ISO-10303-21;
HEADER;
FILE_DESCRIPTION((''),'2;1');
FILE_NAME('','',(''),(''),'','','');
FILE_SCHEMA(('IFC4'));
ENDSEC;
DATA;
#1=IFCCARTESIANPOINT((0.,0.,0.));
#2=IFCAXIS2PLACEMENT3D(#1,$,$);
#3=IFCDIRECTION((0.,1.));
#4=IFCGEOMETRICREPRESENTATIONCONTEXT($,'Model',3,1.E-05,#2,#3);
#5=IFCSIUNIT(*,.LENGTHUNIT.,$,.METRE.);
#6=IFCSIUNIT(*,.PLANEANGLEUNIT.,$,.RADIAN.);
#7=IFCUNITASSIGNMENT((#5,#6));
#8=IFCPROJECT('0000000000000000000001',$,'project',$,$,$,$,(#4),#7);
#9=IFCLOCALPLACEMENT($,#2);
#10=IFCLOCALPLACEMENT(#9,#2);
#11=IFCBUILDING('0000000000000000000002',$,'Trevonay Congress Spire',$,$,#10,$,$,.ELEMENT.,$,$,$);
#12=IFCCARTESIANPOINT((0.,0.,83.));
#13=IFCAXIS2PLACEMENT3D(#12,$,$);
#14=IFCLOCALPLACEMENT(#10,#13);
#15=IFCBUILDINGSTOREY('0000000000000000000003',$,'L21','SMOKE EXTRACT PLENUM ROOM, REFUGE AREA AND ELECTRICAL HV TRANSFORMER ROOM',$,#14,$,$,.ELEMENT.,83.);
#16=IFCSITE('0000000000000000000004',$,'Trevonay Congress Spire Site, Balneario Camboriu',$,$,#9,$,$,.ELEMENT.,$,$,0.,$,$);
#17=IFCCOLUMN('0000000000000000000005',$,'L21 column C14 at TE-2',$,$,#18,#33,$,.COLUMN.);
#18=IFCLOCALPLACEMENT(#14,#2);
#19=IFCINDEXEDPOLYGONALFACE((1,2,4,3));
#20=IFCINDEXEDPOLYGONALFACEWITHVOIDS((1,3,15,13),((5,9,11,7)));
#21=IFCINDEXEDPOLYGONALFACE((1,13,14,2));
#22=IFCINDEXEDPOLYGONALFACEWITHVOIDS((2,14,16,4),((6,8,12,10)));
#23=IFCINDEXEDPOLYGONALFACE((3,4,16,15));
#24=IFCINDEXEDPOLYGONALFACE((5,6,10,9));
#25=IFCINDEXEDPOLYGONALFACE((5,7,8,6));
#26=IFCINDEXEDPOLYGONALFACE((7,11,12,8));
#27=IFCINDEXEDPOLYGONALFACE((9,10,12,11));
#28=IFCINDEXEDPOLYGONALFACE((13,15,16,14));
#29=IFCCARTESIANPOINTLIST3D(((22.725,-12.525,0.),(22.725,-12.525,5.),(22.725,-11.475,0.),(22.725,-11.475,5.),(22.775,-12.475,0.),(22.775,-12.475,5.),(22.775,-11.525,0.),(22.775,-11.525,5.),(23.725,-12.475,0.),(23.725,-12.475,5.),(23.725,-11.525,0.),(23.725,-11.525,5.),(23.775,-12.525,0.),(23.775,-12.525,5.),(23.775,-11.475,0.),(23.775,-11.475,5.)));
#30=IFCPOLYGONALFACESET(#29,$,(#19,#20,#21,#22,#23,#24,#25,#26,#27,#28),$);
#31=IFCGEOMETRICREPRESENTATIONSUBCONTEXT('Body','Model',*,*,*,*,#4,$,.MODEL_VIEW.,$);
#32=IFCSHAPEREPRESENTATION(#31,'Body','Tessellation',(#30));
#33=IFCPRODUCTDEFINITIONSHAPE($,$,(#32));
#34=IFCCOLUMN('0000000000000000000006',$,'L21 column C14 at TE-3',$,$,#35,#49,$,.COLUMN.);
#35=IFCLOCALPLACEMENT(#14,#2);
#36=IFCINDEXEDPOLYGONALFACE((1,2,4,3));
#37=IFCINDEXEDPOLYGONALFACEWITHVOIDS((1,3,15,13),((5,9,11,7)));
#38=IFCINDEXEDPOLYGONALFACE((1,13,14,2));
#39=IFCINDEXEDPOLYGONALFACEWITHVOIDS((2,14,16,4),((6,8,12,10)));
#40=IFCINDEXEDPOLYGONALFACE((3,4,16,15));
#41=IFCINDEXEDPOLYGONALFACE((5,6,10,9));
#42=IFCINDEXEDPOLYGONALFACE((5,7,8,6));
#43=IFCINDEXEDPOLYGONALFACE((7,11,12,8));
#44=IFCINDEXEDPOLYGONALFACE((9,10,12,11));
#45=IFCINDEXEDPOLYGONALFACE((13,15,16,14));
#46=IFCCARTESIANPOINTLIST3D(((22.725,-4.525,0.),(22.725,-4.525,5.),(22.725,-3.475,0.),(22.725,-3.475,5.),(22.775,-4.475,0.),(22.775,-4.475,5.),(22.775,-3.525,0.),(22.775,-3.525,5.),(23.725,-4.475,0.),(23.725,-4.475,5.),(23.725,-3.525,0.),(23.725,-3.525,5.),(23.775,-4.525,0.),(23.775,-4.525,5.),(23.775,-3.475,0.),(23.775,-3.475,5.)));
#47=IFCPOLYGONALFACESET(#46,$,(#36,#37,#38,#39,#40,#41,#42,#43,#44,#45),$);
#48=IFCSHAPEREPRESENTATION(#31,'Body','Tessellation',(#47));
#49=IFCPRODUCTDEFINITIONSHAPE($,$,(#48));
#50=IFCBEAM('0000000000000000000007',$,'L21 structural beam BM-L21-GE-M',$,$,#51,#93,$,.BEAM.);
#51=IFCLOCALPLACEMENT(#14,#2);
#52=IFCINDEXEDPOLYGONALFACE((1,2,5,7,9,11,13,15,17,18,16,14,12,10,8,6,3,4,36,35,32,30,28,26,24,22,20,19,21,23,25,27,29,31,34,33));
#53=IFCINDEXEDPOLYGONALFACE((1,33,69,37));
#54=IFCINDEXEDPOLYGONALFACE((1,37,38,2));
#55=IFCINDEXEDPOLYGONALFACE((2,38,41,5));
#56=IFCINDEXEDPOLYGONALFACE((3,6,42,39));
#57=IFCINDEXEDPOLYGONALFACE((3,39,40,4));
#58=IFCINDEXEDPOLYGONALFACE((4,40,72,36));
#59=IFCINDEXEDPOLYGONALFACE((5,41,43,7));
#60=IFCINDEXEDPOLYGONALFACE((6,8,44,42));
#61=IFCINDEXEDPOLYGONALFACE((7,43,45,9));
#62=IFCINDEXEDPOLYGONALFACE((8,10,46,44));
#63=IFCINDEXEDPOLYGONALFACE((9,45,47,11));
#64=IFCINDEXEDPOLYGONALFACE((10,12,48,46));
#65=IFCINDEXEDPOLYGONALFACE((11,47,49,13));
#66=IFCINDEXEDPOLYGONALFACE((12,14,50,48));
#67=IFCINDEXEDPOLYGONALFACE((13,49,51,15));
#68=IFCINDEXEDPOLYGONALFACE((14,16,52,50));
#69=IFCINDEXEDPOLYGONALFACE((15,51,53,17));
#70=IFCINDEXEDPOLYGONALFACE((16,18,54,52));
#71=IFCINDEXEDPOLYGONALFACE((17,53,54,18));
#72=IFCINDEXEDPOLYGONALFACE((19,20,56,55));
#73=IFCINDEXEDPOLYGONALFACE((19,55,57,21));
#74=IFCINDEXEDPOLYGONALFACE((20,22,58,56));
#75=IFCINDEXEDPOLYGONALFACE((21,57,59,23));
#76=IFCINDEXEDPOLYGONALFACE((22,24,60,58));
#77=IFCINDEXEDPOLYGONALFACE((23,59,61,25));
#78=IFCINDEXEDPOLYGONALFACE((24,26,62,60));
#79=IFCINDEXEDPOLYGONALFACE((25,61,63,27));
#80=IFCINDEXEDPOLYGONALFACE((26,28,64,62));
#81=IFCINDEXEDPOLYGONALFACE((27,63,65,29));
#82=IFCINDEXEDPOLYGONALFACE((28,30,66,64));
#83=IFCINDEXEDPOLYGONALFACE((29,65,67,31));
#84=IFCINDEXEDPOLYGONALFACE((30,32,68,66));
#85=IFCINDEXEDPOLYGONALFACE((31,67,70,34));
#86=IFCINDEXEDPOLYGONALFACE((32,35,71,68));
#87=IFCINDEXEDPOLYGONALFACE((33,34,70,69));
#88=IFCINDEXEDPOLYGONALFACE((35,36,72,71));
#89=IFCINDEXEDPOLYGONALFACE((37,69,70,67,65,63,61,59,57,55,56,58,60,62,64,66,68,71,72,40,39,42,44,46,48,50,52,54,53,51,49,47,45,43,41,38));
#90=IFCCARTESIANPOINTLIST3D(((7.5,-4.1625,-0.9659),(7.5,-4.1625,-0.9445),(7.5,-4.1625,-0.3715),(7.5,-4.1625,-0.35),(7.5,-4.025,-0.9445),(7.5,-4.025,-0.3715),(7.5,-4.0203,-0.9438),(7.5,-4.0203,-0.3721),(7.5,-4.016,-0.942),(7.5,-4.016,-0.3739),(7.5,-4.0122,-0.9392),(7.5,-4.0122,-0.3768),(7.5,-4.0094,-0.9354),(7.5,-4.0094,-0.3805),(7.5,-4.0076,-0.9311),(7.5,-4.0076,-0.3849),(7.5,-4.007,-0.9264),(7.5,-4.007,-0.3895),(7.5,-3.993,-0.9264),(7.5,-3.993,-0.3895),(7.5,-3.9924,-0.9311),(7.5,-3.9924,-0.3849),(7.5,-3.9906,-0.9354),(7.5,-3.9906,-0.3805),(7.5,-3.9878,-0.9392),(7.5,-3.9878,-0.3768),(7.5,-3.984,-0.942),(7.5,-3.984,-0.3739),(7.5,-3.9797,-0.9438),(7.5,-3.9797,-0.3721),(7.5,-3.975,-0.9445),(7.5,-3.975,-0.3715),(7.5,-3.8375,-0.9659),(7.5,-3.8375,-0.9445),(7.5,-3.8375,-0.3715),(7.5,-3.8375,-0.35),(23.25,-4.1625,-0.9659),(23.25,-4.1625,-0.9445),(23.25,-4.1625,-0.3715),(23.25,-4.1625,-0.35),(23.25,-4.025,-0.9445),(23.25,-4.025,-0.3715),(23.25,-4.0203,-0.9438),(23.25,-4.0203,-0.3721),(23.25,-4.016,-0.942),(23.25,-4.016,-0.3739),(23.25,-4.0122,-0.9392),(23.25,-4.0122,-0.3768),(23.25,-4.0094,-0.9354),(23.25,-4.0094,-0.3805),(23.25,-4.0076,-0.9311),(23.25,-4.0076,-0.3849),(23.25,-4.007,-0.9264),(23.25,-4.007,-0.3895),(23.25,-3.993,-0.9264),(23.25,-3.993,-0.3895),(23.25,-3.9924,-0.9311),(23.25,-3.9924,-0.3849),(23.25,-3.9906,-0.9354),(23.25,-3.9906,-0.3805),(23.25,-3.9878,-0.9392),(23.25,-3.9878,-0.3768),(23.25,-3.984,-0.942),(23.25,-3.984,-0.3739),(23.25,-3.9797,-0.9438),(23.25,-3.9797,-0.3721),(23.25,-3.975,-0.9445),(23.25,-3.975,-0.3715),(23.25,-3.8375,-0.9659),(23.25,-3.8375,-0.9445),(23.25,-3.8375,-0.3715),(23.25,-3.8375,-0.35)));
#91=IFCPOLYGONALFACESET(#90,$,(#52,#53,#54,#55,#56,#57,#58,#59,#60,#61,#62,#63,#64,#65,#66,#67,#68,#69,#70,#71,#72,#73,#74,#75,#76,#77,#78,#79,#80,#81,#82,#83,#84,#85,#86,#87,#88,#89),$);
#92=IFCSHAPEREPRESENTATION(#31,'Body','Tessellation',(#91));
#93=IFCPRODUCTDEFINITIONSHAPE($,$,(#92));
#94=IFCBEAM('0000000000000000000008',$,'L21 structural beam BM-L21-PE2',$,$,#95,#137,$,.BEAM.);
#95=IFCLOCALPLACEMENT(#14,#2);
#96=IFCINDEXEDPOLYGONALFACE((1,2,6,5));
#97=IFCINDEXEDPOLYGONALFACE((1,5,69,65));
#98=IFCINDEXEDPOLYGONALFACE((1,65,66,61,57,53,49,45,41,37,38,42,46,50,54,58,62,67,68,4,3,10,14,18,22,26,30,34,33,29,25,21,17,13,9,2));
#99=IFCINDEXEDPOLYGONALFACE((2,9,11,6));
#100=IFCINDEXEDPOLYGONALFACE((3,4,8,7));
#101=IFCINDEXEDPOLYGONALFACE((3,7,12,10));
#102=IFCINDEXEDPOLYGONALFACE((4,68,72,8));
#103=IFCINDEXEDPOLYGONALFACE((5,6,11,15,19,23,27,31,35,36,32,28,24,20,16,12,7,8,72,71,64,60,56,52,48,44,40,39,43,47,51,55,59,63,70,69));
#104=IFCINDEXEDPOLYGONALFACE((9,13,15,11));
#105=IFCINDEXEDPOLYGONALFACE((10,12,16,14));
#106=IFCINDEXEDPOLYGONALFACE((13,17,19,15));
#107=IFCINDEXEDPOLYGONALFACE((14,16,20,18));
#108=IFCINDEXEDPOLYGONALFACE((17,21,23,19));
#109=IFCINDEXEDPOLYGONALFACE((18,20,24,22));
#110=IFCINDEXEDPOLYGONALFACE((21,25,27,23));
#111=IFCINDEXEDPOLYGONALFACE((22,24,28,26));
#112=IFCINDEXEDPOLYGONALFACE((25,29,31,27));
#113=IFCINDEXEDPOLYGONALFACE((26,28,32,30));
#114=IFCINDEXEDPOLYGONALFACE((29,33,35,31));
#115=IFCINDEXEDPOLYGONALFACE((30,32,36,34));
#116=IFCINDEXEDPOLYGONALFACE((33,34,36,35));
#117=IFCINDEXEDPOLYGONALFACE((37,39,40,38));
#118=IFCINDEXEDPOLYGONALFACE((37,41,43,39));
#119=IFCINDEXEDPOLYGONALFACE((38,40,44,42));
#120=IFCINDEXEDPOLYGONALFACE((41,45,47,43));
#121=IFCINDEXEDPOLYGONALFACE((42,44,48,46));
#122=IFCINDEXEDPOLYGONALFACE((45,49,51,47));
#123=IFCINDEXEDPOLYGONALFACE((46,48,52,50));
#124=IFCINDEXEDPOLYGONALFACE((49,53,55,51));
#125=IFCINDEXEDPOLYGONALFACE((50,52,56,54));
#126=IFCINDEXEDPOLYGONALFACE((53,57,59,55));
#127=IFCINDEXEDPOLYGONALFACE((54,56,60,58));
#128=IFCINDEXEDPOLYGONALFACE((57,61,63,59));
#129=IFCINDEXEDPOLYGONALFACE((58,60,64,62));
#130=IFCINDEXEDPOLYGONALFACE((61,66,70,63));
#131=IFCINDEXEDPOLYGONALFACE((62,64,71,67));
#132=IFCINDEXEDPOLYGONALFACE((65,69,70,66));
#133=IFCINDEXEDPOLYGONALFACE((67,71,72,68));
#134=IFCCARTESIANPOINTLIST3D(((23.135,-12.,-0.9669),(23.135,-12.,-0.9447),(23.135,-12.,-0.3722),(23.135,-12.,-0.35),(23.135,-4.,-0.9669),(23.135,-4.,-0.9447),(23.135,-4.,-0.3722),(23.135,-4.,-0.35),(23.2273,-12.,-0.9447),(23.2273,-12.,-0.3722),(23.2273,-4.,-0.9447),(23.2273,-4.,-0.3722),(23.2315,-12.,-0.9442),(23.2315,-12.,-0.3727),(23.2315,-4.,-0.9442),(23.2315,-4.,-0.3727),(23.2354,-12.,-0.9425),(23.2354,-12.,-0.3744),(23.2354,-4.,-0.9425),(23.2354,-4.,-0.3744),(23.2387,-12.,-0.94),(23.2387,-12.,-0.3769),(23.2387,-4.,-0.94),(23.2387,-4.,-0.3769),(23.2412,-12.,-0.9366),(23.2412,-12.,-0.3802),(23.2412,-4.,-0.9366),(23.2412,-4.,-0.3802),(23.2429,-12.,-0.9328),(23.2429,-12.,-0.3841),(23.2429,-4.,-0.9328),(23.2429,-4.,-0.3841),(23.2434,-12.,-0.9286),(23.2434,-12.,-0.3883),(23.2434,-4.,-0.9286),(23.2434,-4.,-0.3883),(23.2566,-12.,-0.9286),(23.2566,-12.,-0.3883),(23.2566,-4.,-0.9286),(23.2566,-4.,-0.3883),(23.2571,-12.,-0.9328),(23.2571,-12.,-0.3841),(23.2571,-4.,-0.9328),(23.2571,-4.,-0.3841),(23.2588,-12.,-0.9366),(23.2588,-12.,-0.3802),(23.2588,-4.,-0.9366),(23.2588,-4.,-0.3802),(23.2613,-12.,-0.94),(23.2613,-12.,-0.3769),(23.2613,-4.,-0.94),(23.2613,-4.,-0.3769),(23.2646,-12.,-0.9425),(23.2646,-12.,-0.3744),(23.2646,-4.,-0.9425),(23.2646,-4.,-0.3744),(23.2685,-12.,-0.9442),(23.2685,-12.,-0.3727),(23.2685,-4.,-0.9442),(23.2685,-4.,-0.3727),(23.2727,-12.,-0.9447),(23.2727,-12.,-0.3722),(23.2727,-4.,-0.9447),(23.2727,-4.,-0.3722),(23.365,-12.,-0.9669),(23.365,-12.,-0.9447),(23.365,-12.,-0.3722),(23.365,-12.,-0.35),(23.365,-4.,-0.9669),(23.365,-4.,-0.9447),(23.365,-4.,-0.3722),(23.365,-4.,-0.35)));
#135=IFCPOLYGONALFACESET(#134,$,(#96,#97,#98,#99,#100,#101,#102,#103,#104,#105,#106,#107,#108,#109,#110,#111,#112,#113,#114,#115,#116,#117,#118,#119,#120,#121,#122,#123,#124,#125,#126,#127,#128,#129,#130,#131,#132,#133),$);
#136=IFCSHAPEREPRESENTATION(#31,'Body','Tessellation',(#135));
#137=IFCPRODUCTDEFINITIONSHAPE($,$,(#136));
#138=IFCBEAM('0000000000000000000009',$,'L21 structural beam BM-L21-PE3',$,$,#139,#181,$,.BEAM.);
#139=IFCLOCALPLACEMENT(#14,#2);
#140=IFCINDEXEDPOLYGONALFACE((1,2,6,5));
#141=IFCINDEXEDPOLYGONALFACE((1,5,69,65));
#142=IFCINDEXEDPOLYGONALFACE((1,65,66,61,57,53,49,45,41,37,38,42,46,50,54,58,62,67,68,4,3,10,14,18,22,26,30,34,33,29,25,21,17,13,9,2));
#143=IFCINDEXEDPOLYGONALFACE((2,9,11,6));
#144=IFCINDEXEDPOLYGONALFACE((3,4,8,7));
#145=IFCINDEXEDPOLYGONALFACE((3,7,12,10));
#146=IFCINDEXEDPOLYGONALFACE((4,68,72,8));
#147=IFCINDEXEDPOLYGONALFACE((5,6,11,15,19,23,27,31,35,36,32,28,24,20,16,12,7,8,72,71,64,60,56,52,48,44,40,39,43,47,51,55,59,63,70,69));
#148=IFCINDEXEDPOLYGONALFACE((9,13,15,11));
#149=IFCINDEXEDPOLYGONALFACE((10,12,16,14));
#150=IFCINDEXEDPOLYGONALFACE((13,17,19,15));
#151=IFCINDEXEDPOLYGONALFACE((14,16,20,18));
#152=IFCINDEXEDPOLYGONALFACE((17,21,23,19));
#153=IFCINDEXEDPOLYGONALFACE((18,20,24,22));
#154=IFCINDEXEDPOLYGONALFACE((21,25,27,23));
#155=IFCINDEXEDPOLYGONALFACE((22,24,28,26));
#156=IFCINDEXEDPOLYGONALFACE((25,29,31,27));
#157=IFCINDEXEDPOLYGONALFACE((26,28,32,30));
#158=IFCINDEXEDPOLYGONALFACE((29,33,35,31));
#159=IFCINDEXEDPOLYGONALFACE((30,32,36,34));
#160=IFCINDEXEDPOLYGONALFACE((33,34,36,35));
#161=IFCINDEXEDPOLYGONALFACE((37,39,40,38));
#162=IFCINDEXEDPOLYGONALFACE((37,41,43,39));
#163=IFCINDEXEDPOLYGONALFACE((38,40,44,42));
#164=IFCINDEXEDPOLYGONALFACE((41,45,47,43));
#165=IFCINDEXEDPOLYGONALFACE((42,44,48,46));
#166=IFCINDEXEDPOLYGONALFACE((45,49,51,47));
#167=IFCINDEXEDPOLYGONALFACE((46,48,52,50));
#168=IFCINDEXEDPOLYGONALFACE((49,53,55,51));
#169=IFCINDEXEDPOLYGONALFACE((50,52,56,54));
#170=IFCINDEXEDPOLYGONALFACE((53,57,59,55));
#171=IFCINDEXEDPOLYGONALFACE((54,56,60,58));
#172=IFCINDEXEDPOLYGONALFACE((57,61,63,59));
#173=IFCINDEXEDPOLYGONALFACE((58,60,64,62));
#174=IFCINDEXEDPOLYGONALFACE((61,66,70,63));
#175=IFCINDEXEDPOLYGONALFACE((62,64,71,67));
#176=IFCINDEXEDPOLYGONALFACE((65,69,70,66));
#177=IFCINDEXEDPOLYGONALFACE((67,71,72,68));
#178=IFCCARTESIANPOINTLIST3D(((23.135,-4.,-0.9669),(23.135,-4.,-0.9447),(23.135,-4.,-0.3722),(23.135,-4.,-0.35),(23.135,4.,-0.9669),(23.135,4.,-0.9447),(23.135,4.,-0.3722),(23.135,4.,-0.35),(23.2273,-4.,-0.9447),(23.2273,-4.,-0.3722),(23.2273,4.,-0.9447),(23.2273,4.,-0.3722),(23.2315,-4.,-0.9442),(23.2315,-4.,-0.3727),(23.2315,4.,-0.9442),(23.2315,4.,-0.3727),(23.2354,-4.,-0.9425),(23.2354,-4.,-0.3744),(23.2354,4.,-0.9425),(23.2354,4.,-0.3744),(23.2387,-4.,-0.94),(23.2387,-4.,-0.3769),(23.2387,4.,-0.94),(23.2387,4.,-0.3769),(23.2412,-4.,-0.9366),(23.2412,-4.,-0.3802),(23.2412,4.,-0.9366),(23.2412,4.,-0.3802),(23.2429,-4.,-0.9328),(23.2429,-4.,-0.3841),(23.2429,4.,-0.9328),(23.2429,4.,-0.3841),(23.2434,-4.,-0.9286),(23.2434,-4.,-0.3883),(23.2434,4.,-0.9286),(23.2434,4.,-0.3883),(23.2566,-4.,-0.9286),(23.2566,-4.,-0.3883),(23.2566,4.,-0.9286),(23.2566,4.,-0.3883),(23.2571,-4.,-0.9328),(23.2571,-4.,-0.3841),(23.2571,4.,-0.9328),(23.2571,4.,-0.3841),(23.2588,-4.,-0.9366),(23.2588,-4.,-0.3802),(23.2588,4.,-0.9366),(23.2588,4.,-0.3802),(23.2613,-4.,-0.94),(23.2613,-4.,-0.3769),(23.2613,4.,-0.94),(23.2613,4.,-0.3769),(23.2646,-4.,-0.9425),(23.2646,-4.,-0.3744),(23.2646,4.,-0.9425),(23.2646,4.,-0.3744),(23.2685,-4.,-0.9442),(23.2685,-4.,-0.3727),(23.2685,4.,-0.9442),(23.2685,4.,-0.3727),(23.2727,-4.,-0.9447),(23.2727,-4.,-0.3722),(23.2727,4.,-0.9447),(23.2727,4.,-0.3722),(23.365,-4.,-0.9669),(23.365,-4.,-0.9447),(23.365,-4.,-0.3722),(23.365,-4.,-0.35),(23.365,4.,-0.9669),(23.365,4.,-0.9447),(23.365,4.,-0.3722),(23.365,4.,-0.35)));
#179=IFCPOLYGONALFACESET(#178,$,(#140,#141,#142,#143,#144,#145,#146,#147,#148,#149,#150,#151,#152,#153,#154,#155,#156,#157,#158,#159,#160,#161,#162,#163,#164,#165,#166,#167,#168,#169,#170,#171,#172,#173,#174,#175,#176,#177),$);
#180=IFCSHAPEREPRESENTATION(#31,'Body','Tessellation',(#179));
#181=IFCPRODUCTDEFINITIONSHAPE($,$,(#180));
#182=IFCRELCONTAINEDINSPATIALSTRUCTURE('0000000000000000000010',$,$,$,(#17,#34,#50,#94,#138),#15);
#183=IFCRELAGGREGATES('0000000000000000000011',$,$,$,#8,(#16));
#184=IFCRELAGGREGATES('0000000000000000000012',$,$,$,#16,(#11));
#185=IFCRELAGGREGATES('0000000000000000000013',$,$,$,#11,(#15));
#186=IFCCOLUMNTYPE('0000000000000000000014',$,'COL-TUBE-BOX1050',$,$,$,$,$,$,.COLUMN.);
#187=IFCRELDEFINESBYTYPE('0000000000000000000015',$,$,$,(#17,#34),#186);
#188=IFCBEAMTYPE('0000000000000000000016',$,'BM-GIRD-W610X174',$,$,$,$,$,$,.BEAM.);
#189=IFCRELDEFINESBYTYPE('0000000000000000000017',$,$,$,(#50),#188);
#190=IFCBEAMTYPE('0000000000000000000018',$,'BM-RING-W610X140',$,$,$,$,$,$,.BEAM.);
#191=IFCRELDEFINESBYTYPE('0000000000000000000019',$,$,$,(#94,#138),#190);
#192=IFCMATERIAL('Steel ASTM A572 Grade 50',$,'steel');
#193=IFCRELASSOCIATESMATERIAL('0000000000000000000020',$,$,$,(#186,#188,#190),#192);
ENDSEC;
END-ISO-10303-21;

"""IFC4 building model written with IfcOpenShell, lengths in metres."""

from ifc_helpers import new_model, si_unit, direction, frame, origin, origin_2d, place, context, subcontext, project, spatial, hollow_rectangle, i_section, extrude, material, material_profile, profile_set, type_object, element, save


model = new_model("IFC4")

# Units and contexts
model_context = context("Model", 3, precision=1e-05, world=origin(), true_north=direction((0.0, 1.0)))
body_context = subcontext(model_context, "Body", "Model", "MODEL_VIEW")
ifc_project = project(units=[si_unit("LENGTHUNIT", "METRE"), si_unit("PLANEANGLEUNIT", "RADIAN")], contexts=[model_context])

# Site, building, storey
site_placement = place(None, origin())
site = spatial("IfcSite", under=ifc_project, at=site_placement, Name="Trevonay Congress Spire Site, Balneario Camboriu", CompositionType="ELEMENT", RefElevation=0.0)
building_placement = place(site_placement, origin())
building = spatial("IfcBuilding", under=site, at=building_placement, Name="Trevonay Congress Spire", CompositionType="ELEMENT")
storey_placement = place(building_placement, frame((0.0, 0.0, 83.0)))
storey = spatial("IfcBuildingStorey", under=building, at=storey_placement, Name="L21", Description="SMOKE EXTRACT PLENUM ROOM, REFUGE AREA AND ELECTRICAL HV TRANSFORMER ROOM", CompositionType="ELEMENT", Elevation=83.0)

# Columns
ifc_material_1 = material(Name="Steel ASTM A572 Grade 50", Category="steel")
ifc_material_profile_1 = material_profile(ifc_material_1, hollow_rectangle(XDim=1.05, YDim=1.05, WallThickness=0.05, at=origin_2d()), Name="BOX 1050x1050x50")
ifc_profile_set_1 = profile_set([ifc_material_profile_1], Name="Steel ASTM A572 Grade 50")
column_type = type_object("IfcColumnType", Name="COL-TUBE-BOX1050", PredefinedType="COLUMN", material=ifc_profile_set_1)
for number, where, z_axis, x_axis, name in (
    (1, (23.25, -12.0, 0.0), (0.0, 0.0, 1.0), (1.0, 0.0, 0.0), "L21 column C14 at TE-2"),
    (2, (23.25, -4.0, 0.0), (0.0, 0.0, 1.0), (1.0, 0.0, 0.0), "L21 column C14 at TE-3"),
):
    element("IfcColumn", number, at=place(storey_placement, frame(where, z_axis=z_axis, x_axis=x_axis)), inside=storey, type_object=column_type, Name=name, PredefinedType="COLUMN", context=body_context, shape_type="SweptSolid", body=[
        extrude(hollow_rectangle(XDim=1.05, YDim=1.05, WallThickness=0.05, at=origin_2d()), origin(), (0.0, 0.0, 1.0), 5.0),
    ])

# Beams
ifc_material_profile_2 = material_profile(ifc_material_1, i_section(OverallWidth=0.325, OverallDepth=0.616, WebThickness=0.0139, FlangeThickness=0.0215, FilletRadius=0.0181, at=origin_2d()), Name="W610x174")
ifc_profile_set_2 = profile_set([ifc_material_profile_2], Name="Steel ASTM A572 Grade 50")
beam_type_1 = type_object("IfcBeamType", Name="BM-GIRD-W610X174", PredefinedType="BEAM", material=ifc_profile_set_2)
beam_placement = place(storey_placement, frame((7.5, -4.0, -0.658), z_axis=(1.0, 0.0, 0.0), x_axis=(0.0, 1.0, 0.0)))
element("IfcBeam", 3, at=beam_placement, inside=storey, type_object=beam_type_1, Name="L21 structural beam BM-L21-GE-M", PredefinedType="BEAM", context=body_context, shape_type="SweptSolid", body=[
    extrude(i_section(OverallWidth=0.325, OverallDepth=0.616, WebThickness=0.0139, FlangeThickness=0.0215, FilletRadius=0.0181, at=origin_2d()), origin(), (0.0, 0.0, 1.0), 15.75),
])
ifc_material_profile_3 = material_profile(ifc_material_1, i_section(OverallWidth=0.23, OverallDepth=0.6169, WebThickness=0.0132, FlangeThickness=0.0222, FilletRadius=0.0161, at=origin_2d()), Name="W610x140")
ifc_profile_set_3 = profile_set([ifc_material_profile_3], Name="Steel ASTM A572 Grade 50")
beam_type_2 = type_object("IfcBeamType", Name="BM-RING-W610X140", PredefinedType="BEAM", material=ifc_profile_set_3)
for number, where, z_axis, x_axis, name in (
    (4, (23.25, -12.0, -0.6584), (0.0, 1.0, 0.0), (-1.0, 0.0, 0.0), "L21 structural beam BM-L21-PE2"),
    (5, (23.25, -4.0, -0.6584), (0.0, 1.0, 0.0), (-1.0, 0.0, 0.0), "L21 structural beam BM-L21-PE3"),
):
    element("IfcBeam", number, at=place(storey_placement, frame(where, z_axis=z_axis, x_axis=x_axis)), inside=storey, type_object=beam_type_2, Name=name, PredefinedType="BEAM", context=body_context, shape_type="SweptSolid", body=[
        extrude(i_section(OverallWidth=0.23, OverallDepth=0.6169, WebThickness=0.0132, FlangeThickness=0.0222, FilletRadius=0.0161, at=origin_2d()), origin(), (0.0, 0.0, 1.0), 8.0),
    ])

save(model, "model.ifc")
